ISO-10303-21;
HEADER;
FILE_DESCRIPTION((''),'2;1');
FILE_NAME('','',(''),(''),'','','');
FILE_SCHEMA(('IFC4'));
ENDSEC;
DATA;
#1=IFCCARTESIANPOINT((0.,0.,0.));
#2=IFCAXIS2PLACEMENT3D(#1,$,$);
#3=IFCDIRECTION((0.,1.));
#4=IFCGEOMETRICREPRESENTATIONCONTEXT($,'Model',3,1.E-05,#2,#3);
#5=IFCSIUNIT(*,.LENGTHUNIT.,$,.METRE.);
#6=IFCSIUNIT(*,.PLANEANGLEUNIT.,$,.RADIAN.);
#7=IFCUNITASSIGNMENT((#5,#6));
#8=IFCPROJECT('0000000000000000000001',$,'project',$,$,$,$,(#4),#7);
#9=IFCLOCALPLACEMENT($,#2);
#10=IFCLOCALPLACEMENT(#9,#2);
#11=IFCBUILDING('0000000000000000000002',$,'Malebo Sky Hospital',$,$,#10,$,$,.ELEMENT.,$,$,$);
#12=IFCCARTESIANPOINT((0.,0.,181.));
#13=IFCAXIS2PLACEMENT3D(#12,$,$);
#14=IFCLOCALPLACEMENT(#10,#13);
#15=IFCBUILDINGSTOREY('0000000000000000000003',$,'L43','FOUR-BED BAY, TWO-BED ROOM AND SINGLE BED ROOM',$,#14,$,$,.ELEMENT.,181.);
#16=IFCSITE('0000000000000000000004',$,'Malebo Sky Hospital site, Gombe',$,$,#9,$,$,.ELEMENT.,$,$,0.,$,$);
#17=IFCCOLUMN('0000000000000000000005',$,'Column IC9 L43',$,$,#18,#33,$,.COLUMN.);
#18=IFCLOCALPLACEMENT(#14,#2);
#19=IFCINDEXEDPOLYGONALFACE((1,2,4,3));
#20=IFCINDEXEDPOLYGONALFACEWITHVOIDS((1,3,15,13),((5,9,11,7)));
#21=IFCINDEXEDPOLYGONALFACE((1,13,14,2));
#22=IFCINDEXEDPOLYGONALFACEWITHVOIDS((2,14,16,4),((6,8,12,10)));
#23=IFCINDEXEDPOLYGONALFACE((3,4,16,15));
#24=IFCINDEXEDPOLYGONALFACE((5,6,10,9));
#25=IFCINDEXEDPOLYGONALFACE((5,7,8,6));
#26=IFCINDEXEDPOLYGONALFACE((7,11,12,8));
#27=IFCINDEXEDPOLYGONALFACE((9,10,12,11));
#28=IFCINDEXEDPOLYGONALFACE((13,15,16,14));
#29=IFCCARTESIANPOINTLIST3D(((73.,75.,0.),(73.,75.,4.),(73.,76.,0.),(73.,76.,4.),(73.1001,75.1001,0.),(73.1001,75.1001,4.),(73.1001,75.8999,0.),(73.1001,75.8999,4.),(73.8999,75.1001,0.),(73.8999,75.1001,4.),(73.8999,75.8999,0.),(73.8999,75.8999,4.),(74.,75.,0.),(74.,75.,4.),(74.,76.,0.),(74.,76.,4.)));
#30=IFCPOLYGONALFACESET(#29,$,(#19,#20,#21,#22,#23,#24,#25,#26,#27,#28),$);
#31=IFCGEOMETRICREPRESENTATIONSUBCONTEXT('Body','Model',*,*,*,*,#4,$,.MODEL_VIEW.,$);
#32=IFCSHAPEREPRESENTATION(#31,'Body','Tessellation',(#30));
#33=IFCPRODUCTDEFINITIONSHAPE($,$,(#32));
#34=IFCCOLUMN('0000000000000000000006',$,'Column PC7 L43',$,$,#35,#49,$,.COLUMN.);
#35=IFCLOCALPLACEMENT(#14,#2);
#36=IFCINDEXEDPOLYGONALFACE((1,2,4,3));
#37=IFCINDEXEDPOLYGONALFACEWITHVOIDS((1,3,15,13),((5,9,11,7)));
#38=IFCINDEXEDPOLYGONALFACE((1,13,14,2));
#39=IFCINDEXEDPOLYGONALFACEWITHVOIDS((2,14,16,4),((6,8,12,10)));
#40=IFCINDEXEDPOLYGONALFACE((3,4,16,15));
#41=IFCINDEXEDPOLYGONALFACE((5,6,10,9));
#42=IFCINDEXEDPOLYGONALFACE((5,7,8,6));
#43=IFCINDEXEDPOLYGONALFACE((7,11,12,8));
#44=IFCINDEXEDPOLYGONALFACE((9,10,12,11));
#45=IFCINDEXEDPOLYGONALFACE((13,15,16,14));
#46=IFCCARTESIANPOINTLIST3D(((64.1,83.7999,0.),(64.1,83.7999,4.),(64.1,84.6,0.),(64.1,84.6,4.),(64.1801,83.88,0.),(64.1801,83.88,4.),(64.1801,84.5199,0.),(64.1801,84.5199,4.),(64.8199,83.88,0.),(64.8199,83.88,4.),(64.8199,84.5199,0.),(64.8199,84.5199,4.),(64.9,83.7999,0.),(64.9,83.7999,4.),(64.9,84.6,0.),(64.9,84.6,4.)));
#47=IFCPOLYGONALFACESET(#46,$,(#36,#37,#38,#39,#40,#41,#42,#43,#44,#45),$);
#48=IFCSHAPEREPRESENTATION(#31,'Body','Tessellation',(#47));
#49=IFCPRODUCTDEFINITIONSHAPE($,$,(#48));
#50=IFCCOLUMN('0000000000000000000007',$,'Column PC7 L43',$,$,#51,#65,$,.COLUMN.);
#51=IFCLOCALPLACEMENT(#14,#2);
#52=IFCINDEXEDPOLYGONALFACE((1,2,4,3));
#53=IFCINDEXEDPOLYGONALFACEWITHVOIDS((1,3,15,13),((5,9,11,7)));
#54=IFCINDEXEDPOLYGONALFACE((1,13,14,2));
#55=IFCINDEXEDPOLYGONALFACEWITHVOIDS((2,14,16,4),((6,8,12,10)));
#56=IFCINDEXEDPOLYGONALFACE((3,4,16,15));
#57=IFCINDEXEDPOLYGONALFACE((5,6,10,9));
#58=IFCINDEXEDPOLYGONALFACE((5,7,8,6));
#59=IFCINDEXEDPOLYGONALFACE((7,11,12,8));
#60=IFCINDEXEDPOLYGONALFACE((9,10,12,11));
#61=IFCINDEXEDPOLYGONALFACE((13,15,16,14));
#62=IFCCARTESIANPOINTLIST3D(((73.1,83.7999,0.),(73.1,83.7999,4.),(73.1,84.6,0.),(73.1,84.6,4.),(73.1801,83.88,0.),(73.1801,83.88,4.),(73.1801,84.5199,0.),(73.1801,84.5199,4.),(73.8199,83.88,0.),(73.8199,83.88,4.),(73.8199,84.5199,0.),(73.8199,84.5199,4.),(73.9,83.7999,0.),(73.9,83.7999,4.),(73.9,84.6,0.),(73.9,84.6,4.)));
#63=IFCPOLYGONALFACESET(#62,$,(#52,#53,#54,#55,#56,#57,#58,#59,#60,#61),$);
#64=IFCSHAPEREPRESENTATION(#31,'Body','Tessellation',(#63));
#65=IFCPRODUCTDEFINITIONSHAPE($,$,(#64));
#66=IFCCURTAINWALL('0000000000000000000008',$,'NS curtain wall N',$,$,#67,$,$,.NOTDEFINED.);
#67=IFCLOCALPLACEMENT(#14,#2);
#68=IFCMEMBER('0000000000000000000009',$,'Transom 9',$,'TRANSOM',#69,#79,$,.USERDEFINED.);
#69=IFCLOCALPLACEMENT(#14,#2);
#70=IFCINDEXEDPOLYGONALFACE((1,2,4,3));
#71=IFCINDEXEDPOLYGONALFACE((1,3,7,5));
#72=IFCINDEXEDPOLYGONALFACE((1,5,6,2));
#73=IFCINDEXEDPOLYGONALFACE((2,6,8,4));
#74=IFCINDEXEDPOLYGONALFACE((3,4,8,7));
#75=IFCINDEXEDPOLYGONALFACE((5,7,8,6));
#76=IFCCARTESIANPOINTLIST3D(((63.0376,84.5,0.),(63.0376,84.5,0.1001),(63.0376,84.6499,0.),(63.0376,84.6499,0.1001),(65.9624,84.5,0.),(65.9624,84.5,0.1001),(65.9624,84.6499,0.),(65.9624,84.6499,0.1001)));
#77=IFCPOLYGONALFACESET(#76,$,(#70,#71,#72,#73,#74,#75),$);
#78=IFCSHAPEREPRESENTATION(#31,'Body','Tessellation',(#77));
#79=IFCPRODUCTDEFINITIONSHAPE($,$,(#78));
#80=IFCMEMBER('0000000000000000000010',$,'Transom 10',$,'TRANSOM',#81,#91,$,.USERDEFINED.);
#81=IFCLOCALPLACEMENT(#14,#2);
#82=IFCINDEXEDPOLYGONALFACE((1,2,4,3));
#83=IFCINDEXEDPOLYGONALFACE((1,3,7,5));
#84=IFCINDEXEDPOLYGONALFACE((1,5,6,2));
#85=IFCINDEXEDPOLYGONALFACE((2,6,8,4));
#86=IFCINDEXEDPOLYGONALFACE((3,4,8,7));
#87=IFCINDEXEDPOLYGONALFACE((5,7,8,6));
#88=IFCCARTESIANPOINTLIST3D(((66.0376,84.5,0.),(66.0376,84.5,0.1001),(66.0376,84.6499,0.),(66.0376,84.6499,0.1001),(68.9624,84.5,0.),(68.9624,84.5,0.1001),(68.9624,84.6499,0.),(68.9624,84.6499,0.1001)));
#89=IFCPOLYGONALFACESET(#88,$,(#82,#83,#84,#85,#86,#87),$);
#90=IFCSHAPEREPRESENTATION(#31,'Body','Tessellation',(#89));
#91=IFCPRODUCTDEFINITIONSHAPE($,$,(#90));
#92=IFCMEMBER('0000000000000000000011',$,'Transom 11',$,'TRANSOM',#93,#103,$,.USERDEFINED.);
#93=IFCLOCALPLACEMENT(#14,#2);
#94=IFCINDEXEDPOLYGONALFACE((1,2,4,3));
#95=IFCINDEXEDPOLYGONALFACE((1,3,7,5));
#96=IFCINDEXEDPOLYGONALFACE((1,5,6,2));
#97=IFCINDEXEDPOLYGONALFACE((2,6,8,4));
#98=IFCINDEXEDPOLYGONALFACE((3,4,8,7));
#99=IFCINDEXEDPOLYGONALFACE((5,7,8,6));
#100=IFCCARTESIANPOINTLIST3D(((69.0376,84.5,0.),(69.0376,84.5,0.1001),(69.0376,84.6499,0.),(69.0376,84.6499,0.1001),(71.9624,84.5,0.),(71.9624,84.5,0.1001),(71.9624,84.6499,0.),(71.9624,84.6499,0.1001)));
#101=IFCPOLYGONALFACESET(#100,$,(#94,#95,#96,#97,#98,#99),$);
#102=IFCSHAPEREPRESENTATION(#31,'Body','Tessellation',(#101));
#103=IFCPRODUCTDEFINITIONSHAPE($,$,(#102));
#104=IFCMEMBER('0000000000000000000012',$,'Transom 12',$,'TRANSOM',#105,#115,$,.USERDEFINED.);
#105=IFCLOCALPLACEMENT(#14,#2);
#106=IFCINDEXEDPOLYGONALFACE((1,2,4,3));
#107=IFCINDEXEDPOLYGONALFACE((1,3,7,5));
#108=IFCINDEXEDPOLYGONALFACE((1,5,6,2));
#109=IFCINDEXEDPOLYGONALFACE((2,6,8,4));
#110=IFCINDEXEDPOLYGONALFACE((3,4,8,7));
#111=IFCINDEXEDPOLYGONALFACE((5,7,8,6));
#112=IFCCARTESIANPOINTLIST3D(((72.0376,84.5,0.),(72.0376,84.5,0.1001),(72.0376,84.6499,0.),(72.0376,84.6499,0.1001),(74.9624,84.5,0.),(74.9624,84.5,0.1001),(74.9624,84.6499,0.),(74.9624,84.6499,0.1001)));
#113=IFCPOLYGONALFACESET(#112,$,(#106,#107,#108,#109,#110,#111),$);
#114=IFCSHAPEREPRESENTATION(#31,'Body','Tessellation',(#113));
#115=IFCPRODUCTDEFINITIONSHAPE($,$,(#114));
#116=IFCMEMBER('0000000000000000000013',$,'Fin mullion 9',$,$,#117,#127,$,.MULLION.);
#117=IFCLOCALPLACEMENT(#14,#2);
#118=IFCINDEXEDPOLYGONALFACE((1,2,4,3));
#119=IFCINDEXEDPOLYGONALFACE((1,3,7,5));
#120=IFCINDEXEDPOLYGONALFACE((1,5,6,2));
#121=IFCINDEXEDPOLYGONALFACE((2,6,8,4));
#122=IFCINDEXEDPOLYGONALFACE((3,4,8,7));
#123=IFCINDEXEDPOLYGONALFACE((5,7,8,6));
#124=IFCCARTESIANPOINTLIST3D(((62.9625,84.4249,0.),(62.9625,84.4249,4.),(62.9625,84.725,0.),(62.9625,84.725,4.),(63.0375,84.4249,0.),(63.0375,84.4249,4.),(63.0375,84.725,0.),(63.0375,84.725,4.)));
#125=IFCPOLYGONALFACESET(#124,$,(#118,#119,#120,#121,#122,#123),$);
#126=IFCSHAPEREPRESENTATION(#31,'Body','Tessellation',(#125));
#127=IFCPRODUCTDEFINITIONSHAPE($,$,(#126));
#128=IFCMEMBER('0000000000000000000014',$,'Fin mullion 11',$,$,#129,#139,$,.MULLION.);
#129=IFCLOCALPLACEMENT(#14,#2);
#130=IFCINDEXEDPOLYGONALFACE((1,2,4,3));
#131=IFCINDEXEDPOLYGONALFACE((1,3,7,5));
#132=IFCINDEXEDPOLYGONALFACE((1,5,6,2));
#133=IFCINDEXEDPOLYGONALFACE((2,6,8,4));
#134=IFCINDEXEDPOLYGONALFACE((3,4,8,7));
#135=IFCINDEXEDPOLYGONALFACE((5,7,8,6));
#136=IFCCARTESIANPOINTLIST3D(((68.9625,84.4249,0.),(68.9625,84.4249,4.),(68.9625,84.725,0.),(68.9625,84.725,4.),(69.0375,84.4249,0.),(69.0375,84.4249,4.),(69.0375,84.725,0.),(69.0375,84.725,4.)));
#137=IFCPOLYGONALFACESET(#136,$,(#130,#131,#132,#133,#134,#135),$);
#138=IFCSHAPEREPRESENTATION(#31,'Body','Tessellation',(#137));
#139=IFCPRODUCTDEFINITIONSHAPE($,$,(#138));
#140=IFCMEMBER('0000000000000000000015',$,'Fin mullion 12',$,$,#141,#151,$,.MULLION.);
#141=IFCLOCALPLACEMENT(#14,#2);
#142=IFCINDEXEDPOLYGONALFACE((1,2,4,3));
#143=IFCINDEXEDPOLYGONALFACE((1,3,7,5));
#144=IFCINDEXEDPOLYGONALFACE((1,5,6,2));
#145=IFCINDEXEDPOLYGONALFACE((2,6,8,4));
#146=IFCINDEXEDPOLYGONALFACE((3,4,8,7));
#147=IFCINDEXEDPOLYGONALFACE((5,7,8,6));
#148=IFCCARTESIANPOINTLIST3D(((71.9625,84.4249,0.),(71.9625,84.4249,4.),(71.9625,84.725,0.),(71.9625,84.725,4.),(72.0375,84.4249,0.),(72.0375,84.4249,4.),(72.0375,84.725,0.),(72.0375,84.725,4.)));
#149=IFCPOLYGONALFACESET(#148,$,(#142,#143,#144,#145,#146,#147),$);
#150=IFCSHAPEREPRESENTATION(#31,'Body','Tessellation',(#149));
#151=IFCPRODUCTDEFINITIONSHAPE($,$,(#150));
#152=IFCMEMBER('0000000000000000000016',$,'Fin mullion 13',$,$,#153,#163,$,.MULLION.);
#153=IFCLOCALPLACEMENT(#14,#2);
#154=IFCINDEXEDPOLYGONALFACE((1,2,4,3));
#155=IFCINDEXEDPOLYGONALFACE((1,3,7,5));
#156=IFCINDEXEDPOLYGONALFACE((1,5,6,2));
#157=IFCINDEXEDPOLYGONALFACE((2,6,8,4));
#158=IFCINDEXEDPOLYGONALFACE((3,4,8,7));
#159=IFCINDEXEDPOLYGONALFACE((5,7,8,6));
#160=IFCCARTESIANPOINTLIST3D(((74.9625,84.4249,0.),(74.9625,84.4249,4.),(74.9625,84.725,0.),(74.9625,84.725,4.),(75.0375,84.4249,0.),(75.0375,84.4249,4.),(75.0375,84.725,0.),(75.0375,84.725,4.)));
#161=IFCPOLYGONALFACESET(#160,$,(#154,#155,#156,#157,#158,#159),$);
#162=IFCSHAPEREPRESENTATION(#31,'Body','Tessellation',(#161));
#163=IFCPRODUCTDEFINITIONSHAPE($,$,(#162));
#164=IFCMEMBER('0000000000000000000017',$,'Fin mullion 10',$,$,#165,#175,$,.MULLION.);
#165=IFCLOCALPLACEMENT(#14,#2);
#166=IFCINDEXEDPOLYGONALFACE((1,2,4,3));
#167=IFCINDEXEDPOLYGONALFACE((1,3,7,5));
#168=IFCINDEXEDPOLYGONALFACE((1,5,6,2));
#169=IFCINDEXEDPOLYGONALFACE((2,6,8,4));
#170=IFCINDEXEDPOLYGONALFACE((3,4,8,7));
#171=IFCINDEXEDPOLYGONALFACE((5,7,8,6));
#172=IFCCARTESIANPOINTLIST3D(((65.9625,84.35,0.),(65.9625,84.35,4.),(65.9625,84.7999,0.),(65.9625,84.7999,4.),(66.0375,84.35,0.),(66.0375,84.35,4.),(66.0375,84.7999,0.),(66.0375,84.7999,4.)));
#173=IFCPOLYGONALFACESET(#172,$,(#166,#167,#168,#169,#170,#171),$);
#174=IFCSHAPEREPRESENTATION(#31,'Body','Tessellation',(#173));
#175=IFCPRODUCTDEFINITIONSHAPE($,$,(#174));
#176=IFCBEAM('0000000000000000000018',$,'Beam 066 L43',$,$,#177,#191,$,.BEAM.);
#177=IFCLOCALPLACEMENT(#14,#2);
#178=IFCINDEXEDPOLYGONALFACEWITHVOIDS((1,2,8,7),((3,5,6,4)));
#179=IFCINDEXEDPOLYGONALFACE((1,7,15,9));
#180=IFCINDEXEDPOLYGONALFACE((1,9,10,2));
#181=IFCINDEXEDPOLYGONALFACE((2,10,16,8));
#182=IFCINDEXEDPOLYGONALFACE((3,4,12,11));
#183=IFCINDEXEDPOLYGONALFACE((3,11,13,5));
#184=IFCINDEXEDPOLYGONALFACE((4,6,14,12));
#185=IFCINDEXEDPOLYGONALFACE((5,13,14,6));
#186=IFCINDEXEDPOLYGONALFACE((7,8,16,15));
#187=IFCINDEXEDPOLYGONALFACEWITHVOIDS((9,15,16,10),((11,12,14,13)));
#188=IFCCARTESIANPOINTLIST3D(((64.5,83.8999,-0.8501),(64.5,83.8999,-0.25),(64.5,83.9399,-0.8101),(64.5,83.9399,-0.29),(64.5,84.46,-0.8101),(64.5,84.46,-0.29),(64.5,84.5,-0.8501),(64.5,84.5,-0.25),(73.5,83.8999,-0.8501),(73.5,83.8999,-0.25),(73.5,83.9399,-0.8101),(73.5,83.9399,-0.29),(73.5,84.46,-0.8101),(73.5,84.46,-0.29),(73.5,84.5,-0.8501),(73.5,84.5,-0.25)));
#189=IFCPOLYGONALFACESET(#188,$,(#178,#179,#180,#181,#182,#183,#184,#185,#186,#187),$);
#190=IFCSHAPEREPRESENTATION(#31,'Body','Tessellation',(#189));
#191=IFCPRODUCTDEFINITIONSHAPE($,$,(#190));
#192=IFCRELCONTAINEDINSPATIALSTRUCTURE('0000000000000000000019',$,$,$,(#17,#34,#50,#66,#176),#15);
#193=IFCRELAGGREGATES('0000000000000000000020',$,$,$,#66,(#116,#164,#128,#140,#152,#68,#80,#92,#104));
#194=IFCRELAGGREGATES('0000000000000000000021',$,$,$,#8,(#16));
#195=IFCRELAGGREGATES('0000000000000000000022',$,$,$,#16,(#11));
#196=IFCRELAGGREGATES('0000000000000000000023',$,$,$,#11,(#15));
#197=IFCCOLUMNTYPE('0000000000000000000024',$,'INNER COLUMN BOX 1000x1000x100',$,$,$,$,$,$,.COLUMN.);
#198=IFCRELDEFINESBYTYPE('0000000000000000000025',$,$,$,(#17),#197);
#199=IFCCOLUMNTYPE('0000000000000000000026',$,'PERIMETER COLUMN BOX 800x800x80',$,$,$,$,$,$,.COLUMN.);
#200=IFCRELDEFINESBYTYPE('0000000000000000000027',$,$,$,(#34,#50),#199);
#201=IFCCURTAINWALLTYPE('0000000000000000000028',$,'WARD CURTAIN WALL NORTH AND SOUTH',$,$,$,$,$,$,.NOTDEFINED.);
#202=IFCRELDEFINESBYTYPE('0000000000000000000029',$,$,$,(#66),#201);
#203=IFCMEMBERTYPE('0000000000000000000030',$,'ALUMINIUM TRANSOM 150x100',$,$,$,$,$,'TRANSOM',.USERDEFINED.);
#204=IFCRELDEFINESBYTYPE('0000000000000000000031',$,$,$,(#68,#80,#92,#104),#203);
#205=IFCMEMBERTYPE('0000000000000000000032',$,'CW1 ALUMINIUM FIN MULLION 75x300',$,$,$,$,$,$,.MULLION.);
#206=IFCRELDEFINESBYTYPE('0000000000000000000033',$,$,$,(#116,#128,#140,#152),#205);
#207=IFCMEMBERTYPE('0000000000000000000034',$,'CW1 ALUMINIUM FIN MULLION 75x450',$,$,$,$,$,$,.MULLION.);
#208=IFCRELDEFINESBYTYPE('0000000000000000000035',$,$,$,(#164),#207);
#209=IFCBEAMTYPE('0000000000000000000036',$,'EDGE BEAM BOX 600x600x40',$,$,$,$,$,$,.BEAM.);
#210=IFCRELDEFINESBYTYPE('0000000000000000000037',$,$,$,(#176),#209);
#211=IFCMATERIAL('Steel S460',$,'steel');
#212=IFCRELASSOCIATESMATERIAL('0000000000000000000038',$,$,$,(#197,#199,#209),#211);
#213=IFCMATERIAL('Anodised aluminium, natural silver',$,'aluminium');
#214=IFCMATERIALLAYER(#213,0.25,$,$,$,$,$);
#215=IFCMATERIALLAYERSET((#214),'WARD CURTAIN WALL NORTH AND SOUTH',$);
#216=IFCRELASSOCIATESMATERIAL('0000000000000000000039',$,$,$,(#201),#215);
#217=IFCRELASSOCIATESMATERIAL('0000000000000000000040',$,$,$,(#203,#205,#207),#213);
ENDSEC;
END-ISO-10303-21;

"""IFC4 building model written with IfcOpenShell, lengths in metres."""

from ifc_helpers import new_model, si_unit, direction, frame, origin, origin_2d, place, context, subcontext, project, spatial, rectangle, hollow_rectangle, extrude, material, layer, layer_set, material_profile, profile_set, type_object, element, aggregate, save


model = new_model("IFC4")

# Units and contexts
model_context = context("Model", 3, precision=1e-05, world=origin(), true_north=direction((0.0, 1.0)))
body_context = subcontext(model_context, "Body", "Model", "MODEL_VIEW")
ifc_project = project(units=[si_unit("LENGTHUNIT", "METRE"), si_unit("PLANEANGLEUNIT", "RADIAN")], contexts=[model_context])

# Site, building, storey
site_placement = place(None, origin())
site = spatial("IfcSite", under=ifc_project, at=site_placement, Name="Malebo Sky Hospital site, Gombe", CompositionType="ELEMENT", RefElevation=0.0)
building_placement = place(site_placement, origin())
building = spatial("IfcBuilding", under=site, at=building_placement, Name="Malebo Sky Hospital", CompositionType="ELEMENT")
storey_placement = place(building_placement, frame((0.0, 0.0, 181.0)))
storey = spatial("IfcBuildingStorey", under=building, at=storey_placement, Name="L43", Description="FOUR-BED BAY, TWO-BED ROOM AND SINGLE BED ROOM", CompositionType="ELEMENT", Elevation=181.0)

# Columns
ifc_material_1 = material(Name="Steel S460", Category="steel")
ifc_material_profile_1 = material_profile(ifc_material_1, hollow_rectangle(XDim=1.0, YDim=1.0, WallThickness=0.1001, at=origin_2d()), Name="BOX 1000x1000x100")
ifc_profile_set_1 = profile_set([ifc_material_profile_1], Name="Steel S460")
column_type_1 = type_object("IfcColumnType", Name="INNER COLUMN BOX 1000x1000x100", PredefinedType="COLUMN", material=ifc_profile_set_1)
column_placement = place(storey_placement, frame((73.5, 75.5, 0.0), z_axis=(0.0, 0.0, 1.0), x_axis=(1.0, 0.0, 0.0)))
element("IfcColumn", 1, at=column_placement, inside=storey, type_object=column_type_1, Name="Column IC9 L43", PredefinedType="COLUMN", context=body_context, shape_type="SweptSolid", body=[
    extrude(hollow_rectangle(XDim=1.0, YDim=1.0, WallThickness=0.1001, at=origin_2d()), origin(), (0.0, 0.0, 1.0), 4.0),
])
ifc_material_profile_2 = material_profile(ifc_material_1, hollow_rectangle(XDim=0.8, YDim=0.8, WallThickness=0.0801, at=origin_2d()), Name="BOX 800x800x80")
ifc_profile_set_2 = profile_set([ifc_material_profile_2], Name="Steel S460")
column_type_2 = type_object("IfcColumnType", Name="PERIMETER COLUMN BOX 800x800x80", PredefinedType="COLUMN", material=ifc_profile_set_2)
for number, where, z_axis, x_axis, name in (
    (2, (64.5, 84.2, 0.0), (0.0, 0.0, 1.0), (1.0, 0.0, 0.0), "Column PC7 L43"),
    (3, (73.5, 84.2, 0.0), (0.0, 0.0, 1.0), (1.0, 0.0, 0.0), "Column PC7 L43"),
):
    element("IfcColumn", number, at=place(storey_placement, frame(where, z_axis=z_axis, x_axis=x_axis)), inside=storey, type_object=column_type_2, Name=name, PredefinedType="COLUMN", context=body_context, shape_type="SweptSolid", body=[
        extrude(hollow_rectangle(XDim=0.8, YDim=0.8, WallThickness=0.0801, at=origin_2d()), origin(), (0.0, 0.0, 1.0), 4.0),
    ])

# Curtain wall, members
ifc_material_2 = material(Name="Anodised aluminium, natural silver", Category="aluminium")
ifc_layer_1 = layer(ifc_material_2, 0.25)
ifc_layer_set_1 = layer_set([ifc_layer_1], Name="WARD CURTAIN WALL NORTH AND SOUTH")
curtain_wall_type = type_object("IfcCurtainWallType", Name="WARD CURTAIN WALL NORTH AND SOUTH", PredefinedType="NOTDEFINED", material=ifc_layer_set_1)
curtain_wall_placement = place(storey_placement, origin())
curtain_wall = element("IfcCurtainWall", 4, at=curtain_wall_placement, inside=storey, type_object=curtain_wall_type, Name="NS curtain wall N", PredefinedType="NOTDEFINED")
ifc_material_profile_3 = material_profile(ifc_material_2, rectangle(XDim=0.1499, YDim=0.1001, at=origin_2d()), Name="ALUMINIUM TRANSOM 150x100")
ifc_profile_set_3 = profile_set([ifc_material_profile_3], Name="Anodised aluminium, natural silver")
member_type_1 = type_object("IfcMemberType", Name="ALUMINIUM TRANSOM 150x100", ElementType="TRANSOM", PredefinedType="USERDEFINED", material=ifc_profile_set_3)
member_1_placement = place(storey_placement, frame((63.0376, 84.575, 0.05), z_axis=(1.0, 0.0, 0.0), x_axis=(0.0, 1.0, 0.0)))
member_1 = element("IfcMember", 5, at=member_1_placement, type_object=member_type_1, Name="Transom 9", ObjectType="TRANSOM", PredefinedType="USERDEFINED", context=body_context, shape_type="SweptSolid", body=[
    extrude(rectangle(XDim=0.1499, YDim=0.1001, at=origin_2d()), origin(), (0.0, 0.0, 1.0), 2.9248),
])
member_2_placement = place(storey_placement, frame((66.0376, 84.575, 0.05), z_axis=(1.0, 0.0, 0.0), x_axis=(0.0, 1.0, 0.0)))
member_2 = element("IfcMember", 6, at=member_2_placement, type_object=member_type_1, Name="Transom 10", ObjectType="TRANSOM", PredefinedType="USERDEFINED", context=body_context, shape_type="SweptSolid", body=[
    extrude(rectangle(XDim=0.1499, YDim=0.1001, at=origin_2d()), origin(), (0.0, 0.0, 1.0), 2.9248),
])
member_3_placement = place(storey_placement, frame((69.0376, 84.575, 0.05), z_axis=(1.0, 0.0, 0.0), x_axis=(0.0, 1.0, 0.0)))
member_3 = element("IfcMember", 7, at=member_3_placement, type_object=member_type_1, Name="Transom 11", ObjectType="TRANSOM", PredefinedType="USERDEFINED", context=body_context, shape_type="SweptSolid", body=[
    extrude(rectangle(XDim=0.1499, YDim=0.1001, at=origin_2d()), origin(), (0.0, 0.0, 1.0), 2.9248),
])
member_4_placement = place(storey_placement, frame((72.0376, 84.575, 0.05), z_axis=(1.0, 0.0, 0.0), x_axis=(0.0, 1.0, 0.0)))
member_4 = element("IfcMember", 8, at=member_4_placement, type_object=member_type_1, Name="Transom 12", ObjectType="TRANSOM", PredefinedType="USERDEFINED", context=body_context, shape_type="SweptSolid", body=[
    extrude(rectangle(XDim=0.1499, YDim=0.1001, at=origin_2d()), origin(), (0.0, 0.0, 1.0), 2.9248),
])
ifc_material_profile_4 = material_profile(ifc_material_2, rectangle(XDim=0.075, YDim=0.3, at=origin_2d()), Name="CW1 ALUMINIUM FIN MULLION 75x300")
ifc_profile_set_4 = profile_set([ifc_material_profile_4], Name="Anodised aluminium, natural silver")
member_type_2 = type_object("IfcMemberType", Name="CW1 ALUMINIUM FIN MULLION 75x300", PredefinedType="MULLION", material=ifc_profile_set_4)
member_5_placement = place(storey_placement, frame((63.0, 84.575, 0.0), z_axis=(0.0, 0.0, 1.0), x_axis=(1.0, 0.0, 0.0)))
member_5 = element("IfcMember", 9, at=member_5_placement, type_object=member_type_2, Name="Fin mullion 9", PredefinedType="MULLION", context=body_context, shape_type="SweptSolid", body=[
    extrude(rectangle(XDim=0.075, YDim=0.3, at=origin_2d()), origin(), (0.0, 0.0, 1.0), 4.0),
])
member_6_placement = place(storey_placement, frame((69.0, 84.575, 0.0), z_axis=(0.0, 0.0, 1.0), x_axis=(1.0, 0.0, 0.0)))
member_6 = element("IfcMember", 10, at=member_6_placement, type_object=member_type_2, Name="Fin mullion 11", PredefinedType="MULLION", context=body_context, shape_type="SweptSolid", body=[
    extrude(rectangle(XDim=0.075, YDim=0.3, at=origin_2d()), origin(), (0.0, 0.0, 1.0), 4.0),
])
member_7_placement = place(storey_placement, frame((72.0, 84.575, 0.0), z_axis=(0.0, 0.0, 1.0), x_axis=(1.0, 0.0, 0.0)))
member_7 = element("IfcMember", 11, at=member_7_placement, type_object=member_type_2, Name="Fin mullion 12", PredefinedType="MULLION", context=body_context, shape_type="SweptSolid", body=[
    extrude(rectangle(XDim=0.075, YDim=0.3, at=origin_2d()), origin(), (0.0, 0.0, 1.0), 4.0),
])
member_8_placement = place(storey_placement, frame((75.0, 84.575, 0.0), z_axis=(0.0, 0.0, 1.0), x_axis=(1.0, 0.0, 0.0)))
member_8 = element("IfcMember", 12, at=member_8_placement, type_object=member_type_2, Name="Fin mullion 13", PredefinedType="MULLION", context=body_context, shape_type="SweptSolid", body=[
    extrude(rectangle(XDim=0.075, YDim=0.3, at=origin_2d()), origin(), (0.0, 0.0, 1.0), 4.0),
])
ifc_material_profile_5 = material_profile(ifc_material_2, rectangle(XDim=0.075, YDim=0.45, at=origin_2d()), Name="CW1 ALUMINIUM FIN MULLION 75x450")
ifc_profile_set_5 = profile_set([ifc_material_profile_5], Name="Anodised aluminium, natural silver")
member_type_3 = type_object("IfcMemberType", Name="CW1 ALUMINIUM FIN MULLION 75x450", PredefinedType="MULLION", material=ifc_profile_set_5)
member_9_placement = place(storey_placement, frame((66.0, 84.575, 0.0), z_axis=(0.0, 0.0, 1.0), x_axis=(1.0, 0.0, 0.0)))
member_9 = element("IfcMember", 13, at=member_9_placement, type_object=member_type_3, Name="Fin mullion 10", PredefinedType="MULLION", context=body_context, shape_type="SweptSolid", body=[
    extrude(rectangle(XDim=0.075, YDim=0.45, at=origin_2d()), origin(), (0.0, 0.0, 1.0), 4.0),
])

# Beam
ifc_material_profile_6 = material_profile(ifc_material_1, hollow_rectangle(XDim=0.6001, YDim=0.6001, WallThickness=0.04, at=origin_2d()), Name="BOX 600x600x40")
ifc_profile_set_6 = profile_set([ifc_material_profile_6], Name="Steel S460")
beam_type_1 = type_object("IfcBeamType", Name="EDGE BEAM BOX 600x600x40", PredefinedType="BEAM", material=ifc_profile_set_6)
beam_1_placement = place(storey_placement, frame((64.5, 84.2, -0.55), z_axis=(1.0, 0.0, 0.0), x_axis=(0.0, 1.0, 0.0)))
element("IfcBeam", 14, at=beam_1_placement, inside=storey, type_object=beam_type_1, Name="Beam 066 L43", PredefinedType="BEAM", context=body_context, shape_type="SweptSolid", body=[
    extrude(hollow_rectangle(XDim=0.6001, YDim=0.6001, WallThickness=0.04, at=origin_2d()), origin(), (0.0, 0.0, 1.0), 9.0),
])

aggregate(curtain_wall, [member_5, member_9, member_6, member_7, member_8, member_1, member_2, member_3, member_4])

save(model, "model.ifc")
